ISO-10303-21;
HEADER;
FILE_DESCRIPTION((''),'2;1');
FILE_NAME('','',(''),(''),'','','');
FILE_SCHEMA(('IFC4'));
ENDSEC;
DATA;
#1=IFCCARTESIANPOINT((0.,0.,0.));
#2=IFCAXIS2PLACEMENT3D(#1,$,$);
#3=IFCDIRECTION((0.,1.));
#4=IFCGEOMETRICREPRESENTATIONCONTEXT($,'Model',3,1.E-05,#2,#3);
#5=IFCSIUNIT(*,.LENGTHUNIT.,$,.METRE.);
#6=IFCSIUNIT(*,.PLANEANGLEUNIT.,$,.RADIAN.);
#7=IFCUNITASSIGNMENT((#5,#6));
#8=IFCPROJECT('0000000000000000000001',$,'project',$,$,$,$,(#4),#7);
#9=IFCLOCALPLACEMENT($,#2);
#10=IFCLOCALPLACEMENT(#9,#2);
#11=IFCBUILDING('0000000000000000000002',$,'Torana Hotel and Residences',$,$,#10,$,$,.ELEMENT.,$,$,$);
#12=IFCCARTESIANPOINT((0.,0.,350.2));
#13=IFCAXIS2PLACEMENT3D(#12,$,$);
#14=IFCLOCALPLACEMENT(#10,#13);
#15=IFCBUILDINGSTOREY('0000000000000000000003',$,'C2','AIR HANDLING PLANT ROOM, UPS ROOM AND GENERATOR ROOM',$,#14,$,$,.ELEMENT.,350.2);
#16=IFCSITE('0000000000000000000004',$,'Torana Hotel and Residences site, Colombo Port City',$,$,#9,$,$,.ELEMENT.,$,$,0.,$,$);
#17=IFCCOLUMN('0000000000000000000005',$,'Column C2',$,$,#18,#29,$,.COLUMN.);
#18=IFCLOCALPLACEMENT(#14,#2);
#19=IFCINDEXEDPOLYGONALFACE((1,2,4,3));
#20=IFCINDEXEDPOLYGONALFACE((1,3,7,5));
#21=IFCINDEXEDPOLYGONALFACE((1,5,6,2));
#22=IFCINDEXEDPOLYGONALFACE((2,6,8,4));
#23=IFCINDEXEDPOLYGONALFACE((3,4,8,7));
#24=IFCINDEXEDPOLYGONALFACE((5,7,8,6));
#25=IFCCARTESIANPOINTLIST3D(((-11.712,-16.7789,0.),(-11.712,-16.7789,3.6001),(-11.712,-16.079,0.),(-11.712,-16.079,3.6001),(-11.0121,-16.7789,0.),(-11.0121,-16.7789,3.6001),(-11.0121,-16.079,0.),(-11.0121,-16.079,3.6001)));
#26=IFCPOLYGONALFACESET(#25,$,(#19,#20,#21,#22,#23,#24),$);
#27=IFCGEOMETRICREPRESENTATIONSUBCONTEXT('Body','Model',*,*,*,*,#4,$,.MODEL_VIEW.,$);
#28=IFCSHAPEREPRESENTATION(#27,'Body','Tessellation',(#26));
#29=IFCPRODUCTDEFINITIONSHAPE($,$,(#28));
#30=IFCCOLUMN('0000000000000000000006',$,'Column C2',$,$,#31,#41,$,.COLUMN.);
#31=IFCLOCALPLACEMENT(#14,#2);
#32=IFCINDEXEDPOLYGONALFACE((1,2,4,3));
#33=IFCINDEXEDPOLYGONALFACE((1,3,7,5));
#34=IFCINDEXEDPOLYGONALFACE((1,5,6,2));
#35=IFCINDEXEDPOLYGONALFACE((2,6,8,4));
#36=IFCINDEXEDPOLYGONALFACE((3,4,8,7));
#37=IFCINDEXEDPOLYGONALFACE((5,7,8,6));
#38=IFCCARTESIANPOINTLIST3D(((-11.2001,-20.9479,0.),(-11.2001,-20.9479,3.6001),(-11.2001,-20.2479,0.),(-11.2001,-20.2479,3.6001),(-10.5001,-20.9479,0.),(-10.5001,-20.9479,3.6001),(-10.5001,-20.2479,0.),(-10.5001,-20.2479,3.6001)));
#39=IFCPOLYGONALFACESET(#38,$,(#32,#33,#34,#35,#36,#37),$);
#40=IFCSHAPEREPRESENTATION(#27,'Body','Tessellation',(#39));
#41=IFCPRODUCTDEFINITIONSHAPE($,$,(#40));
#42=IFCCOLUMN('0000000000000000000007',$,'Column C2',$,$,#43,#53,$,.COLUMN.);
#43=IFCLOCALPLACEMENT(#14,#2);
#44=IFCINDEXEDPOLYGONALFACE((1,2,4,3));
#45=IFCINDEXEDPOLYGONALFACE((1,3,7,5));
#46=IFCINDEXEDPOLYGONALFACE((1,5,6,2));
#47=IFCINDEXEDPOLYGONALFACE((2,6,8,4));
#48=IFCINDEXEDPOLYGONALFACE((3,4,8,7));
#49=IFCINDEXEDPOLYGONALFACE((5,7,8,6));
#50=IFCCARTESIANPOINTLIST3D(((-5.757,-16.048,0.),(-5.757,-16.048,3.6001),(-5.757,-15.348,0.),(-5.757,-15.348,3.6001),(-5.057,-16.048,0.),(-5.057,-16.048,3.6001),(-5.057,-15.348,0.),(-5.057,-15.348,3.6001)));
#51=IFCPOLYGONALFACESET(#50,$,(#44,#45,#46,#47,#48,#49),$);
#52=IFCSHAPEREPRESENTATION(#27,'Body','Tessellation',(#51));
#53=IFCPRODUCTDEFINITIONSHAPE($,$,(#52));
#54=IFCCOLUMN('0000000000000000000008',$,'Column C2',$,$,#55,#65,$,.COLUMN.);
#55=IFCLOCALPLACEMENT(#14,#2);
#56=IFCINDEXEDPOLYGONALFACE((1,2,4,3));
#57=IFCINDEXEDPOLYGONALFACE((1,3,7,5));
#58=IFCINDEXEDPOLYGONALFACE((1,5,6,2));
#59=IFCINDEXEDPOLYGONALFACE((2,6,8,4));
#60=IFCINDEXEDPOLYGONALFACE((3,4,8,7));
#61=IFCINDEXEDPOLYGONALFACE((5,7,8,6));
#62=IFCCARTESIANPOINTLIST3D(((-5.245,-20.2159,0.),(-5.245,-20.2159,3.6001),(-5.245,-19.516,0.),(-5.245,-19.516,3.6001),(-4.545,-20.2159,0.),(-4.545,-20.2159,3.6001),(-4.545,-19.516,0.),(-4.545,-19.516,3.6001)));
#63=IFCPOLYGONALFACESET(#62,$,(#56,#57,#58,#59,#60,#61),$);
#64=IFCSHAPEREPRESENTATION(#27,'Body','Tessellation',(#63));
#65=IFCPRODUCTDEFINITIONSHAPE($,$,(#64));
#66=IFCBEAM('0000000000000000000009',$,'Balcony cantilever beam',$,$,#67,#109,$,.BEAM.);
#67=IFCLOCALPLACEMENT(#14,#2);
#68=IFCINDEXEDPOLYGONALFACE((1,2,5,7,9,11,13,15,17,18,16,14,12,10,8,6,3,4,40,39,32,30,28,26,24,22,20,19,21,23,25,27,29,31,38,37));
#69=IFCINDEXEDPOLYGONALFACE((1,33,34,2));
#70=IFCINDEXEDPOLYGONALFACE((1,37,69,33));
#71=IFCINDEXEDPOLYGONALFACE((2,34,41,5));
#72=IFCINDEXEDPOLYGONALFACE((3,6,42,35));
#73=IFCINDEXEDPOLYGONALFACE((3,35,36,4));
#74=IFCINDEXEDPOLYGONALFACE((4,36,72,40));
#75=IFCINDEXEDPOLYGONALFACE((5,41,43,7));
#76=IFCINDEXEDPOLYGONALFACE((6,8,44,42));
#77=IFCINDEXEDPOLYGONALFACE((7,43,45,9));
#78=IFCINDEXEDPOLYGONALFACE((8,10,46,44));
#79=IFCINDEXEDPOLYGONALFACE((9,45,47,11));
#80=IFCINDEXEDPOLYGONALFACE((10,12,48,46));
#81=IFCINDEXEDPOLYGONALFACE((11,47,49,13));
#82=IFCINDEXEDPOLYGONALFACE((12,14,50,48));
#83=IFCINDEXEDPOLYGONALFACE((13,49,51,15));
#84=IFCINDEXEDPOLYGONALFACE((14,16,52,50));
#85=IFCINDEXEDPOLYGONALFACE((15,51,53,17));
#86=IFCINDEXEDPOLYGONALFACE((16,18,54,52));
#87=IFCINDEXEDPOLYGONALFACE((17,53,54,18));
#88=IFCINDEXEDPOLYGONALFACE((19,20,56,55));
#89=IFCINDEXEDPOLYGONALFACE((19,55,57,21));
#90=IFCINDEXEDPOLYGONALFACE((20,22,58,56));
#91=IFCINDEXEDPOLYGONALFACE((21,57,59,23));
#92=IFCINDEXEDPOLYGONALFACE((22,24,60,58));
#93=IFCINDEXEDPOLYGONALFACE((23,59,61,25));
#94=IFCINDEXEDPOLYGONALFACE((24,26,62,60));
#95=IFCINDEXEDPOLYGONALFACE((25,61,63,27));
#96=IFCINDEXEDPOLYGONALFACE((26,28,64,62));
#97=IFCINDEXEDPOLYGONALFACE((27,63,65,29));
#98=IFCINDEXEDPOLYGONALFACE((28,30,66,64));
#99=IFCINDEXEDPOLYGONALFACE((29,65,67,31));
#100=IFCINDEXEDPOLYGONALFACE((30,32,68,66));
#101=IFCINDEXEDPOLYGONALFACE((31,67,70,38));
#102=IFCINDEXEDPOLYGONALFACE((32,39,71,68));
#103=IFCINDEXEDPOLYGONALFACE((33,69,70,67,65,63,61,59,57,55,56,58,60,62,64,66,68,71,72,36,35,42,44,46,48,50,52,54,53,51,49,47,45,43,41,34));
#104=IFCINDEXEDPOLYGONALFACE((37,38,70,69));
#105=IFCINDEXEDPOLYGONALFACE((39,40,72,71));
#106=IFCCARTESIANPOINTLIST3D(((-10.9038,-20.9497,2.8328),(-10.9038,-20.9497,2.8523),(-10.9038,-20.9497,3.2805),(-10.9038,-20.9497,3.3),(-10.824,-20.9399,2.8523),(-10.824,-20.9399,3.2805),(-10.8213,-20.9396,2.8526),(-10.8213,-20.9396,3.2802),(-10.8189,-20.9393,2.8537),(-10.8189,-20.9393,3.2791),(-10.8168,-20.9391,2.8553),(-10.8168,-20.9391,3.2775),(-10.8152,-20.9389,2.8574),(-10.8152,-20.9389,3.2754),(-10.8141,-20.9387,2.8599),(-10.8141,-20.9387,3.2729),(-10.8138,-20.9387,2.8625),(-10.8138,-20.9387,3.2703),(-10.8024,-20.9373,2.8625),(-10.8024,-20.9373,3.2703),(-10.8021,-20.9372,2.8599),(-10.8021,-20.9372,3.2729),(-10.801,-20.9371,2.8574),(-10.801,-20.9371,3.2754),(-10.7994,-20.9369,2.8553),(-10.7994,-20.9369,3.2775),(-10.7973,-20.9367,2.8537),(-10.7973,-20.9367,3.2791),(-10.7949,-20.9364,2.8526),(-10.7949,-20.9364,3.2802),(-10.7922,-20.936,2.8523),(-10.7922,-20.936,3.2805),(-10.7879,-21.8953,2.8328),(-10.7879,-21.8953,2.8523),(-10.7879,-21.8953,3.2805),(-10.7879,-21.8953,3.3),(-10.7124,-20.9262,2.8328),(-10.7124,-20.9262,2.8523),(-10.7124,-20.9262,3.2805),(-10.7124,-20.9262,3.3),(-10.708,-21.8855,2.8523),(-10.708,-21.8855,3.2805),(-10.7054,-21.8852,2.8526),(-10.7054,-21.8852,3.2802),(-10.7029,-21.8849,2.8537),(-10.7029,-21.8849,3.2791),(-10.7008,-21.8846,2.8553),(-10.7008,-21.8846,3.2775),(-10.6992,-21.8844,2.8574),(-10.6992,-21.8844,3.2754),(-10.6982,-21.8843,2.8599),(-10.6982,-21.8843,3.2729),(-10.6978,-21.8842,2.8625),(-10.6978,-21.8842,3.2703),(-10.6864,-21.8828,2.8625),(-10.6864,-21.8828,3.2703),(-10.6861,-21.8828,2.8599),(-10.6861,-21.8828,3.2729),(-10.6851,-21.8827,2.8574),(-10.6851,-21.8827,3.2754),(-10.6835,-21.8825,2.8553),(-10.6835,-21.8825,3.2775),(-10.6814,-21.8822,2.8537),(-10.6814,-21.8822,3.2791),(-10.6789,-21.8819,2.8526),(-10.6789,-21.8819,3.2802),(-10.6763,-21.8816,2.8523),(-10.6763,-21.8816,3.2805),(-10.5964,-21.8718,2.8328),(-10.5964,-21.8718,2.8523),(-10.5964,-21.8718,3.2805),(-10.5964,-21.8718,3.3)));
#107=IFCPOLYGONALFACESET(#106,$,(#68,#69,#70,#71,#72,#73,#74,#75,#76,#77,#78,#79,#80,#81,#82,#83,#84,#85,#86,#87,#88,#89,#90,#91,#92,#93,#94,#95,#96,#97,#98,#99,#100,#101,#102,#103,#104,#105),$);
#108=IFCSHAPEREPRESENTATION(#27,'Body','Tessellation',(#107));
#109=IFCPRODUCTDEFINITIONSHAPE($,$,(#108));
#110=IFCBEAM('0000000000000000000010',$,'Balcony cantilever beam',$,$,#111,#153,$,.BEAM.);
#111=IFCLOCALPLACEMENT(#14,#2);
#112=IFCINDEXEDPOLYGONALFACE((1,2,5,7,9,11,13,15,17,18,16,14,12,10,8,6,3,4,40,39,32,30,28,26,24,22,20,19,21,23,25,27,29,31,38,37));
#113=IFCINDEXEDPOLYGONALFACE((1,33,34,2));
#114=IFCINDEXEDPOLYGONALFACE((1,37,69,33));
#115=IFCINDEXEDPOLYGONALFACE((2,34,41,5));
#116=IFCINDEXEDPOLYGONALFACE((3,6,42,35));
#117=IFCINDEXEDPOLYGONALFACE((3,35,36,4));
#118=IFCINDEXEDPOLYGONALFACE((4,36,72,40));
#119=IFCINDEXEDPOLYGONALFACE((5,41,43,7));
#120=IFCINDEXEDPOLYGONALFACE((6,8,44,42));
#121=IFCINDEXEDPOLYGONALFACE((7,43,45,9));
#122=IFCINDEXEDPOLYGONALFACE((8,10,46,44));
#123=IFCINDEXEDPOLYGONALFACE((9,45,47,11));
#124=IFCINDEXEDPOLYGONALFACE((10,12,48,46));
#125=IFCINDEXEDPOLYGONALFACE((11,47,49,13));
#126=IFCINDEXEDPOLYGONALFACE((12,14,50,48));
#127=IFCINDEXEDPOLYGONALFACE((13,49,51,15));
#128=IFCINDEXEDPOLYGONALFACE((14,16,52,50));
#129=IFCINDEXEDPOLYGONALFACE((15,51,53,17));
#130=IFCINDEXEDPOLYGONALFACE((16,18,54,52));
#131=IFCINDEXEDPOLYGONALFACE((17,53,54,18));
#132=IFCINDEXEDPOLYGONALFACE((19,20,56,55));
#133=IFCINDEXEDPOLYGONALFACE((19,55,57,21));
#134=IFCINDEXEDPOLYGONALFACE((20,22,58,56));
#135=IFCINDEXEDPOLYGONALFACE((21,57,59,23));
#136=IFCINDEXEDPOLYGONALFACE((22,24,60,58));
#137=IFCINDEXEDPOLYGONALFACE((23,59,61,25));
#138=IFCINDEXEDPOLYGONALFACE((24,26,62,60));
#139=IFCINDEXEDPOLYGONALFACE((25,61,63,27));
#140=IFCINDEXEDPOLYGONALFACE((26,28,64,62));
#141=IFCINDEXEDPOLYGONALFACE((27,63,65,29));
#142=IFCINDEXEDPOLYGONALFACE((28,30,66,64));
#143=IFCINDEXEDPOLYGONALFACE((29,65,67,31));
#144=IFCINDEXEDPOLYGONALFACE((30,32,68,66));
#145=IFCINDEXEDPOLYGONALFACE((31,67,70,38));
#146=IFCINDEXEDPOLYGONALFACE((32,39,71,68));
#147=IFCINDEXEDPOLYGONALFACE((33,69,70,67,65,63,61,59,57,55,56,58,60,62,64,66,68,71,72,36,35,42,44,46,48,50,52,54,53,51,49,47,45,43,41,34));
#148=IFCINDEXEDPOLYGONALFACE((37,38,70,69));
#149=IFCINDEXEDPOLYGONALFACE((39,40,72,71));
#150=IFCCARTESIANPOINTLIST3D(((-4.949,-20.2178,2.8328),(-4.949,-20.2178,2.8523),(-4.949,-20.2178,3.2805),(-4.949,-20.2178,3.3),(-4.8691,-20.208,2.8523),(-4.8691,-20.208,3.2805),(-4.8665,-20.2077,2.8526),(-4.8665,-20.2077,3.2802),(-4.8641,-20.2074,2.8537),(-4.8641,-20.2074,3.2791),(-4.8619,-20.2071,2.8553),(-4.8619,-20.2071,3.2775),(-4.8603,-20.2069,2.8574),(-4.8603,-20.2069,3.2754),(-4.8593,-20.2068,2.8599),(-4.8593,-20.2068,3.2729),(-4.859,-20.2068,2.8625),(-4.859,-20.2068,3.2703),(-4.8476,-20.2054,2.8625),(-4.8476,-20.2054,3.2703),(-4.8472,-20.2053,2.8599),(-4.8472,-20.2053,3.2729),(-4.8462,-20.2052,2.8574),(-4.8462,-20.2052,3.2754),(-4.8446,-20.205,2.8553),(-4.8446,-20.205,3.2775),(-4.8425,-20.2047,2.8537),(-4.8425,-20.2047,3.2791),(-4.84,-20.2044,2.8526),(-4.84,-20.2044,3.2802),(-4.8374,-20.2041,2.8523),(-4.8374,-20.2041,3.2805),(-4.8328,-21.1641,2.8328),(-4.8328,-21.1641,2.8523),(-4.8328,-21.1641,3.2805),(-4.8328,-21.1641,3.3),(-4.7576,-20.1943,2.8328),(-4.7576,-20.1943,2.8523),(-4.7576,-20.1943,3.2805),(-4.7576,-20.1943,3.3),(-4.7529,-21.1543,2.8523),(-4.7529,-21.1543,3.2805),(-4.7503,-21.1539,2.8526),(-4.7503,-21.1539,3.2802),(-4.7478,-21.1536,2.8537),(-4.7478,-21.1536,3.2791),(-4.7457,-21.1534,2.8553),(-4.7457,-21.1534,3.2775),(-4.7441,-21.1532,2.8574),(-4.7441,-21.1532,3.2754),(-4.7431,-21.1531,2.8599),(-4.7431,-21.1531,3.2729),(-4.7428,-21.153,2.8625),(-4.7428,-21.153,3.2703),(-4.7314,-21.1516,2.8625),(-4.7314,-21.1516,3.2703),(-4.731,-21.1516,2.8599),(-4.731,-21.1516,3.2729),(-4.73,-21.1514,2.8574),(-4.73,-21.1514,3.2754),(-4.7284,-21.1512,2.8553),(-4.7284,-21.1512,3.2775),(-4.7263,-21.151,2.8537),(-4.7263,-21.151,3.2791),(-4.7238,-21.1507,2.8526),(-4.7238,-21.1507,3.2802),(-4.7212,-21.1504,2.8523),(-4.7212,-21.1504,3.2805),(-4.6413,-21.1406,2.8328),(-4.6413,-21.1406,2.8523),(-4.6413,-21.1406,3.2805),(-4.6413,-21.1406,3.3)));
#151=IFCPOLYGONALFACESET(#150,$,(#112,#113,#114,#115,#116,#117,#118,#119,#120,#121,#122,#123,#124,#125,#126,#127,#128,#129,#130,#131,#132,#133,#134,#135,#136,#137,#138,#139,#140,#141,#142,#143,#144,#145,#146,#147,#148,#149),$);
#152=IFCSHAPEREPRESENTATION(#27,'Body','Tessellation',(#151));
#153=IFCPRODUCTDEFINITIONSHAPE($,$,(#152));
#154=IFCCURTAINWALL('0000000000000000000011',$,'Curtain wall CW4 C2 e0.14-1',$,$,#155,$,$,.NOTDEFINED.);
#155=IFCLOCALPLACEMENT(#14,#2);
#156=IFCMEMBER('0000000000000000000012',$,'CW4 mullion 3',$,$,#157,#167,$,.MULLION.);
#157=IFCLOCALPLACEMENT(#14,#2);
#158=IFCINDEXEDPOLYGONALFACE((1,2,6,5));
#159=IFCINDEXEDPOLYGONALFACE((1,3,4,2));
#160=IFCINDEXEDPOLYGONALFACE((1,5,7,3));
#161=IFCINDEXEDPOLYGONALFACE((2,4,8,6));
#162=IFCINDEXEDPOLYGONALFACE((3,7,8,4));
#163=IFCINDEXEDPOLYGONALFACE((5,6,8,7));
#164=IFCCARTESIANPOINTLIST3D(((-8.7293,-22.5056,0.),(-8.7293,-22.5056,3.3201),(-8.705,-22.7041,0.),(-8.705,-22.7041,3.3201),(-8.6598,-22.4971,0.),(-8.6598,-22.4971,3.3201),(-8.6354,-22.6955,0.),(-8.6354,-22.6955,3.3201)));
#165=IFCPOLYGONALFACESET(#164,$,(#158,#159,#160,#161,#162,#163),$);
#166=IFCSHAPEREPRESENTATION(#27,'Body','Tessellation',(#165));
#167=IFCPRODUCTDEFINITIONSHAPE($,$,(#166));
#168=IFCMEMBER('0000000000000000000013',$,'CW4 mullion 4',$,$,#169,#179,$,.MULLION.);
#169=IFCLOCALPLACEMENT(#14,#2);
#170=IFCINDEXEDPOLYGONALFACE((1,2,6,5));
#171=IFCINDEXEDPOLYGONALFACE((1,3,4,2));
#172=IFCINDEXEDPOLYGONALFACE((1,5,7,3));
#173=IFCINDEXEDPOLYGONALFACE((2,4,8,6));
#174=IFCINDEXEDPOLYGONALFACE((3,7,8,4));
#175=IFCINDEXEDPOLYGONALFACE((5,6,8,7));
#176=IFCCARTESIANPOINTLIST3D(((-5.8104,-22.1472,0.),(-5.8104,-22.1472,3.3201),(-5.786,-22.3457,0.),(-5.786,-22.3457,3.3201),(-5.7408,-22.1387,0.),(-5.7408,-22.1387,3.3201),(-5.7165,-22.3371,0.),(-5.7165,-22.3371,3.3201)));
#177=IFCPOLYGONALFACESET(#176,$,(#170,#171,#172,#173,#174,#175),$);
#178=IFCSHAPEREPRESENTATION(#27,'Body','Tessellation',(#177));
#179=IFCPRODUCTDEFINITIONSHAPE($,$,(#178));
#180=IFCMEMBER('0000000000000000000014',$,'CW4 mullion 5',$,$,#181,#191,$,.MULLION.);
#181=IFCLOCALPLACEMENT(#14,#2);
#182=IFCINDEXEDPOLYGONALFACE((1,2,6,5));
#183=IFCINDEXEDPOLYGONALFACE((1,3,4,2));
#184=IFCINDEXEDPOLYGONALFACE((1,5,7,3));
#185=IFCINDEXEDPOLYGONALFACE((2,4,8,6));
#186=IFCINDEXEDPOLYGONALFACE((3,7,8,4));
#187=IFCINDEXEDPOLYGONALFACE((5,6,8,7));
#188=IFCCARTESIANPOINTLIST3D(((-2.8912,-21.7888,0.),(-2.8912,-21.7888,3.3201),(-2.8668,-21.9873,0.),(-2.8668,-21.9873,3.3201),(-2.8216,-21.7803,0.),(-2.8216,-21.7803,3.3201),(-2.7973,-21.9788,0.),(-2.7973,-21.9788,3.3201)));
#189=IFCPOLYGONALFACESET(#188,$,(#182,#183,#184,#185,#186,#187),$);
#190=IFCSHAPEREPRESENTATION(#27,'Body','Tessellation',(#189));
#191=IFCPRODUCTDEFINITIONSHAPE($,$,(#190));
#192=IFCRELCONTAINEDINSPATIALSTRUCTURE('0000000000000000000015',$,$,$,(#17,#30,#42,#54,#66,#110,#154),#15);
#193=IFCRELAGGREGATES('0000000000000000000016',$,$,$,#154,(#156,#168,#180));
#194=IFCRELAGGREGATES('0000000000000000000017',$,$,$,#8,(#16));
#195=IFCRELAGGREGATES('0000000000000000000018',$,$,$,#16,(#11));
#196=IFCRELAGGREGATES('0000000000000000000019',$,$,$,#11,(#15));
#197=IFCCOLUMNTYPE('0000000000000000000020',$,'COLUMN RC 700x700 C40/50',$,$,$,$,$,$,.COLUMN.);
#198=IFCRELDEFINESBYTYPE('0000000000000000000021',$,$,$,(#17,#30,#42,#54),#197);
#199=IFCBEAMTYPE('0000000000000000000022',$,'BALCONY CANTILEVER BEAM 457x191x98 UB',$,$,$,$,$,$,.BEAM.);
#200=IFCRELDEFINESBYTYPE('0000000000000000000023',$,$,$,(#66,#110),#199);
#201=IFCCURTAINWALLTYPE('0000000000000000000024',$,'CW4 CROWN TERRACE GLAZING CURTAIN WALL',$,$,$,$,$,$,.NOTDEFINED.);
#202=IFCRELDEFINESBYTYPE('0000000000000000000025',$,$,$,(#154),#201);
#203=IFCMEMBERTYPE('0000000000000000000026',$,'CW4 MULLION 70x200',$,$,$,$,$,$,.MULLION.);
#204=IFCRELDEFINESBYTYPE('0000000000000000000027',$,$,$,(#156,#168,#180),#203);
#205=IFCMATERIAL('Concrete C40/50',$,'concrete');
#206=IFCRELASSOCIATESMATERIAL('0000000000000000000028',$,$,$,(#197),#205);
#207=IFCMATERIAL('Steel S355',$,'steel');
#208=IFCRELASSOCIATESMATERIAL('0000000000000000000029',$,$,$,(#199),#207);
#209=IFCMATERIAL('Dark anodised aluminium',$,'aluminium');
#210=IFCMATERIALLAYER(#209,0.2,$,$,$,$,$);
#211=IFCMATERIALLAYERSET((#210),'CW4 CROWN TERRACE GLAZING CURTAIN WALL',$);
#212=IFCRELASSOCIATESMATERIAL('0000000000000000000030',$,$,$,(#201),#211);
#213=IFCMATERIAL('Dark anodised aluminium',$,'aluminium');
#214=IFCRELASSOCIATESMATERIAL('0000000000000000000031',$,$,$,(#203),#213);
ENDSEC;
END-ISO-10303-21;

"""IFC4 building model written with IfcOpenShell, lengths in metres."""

from ifc_helpers import new_model, si_unit, direction, frame, origin, origin_2d, place, context, subcontext, project, spatial, rectangle, i_section, extrude, material, layer, layer_set, material_profile, profile_set, type_object, element, aggregate, save


model = new_model("IFC4")

# Units and contexts
model_context = context("Model", 3, precision=1e-05, world=origin(), true_north=direction((0.0, 1.0)))
body_context = subcontext(model_context, "Body", "Model", "MODEL_VIEW")
ifc_project = project(units=[si_unit("LENGTHUNIT", "METRE"), si_unit("PLANEANGLEUNIT", "RADIAN")], contexts=[model_context])

# Site, building, storey
site_placement = place(None, origin())
site = spatial("IfcSite", under=ifc_project, at=site_placement, Name="Torana Hotel and Residences site, Colombo Port City", CompositionType="ELEMENT", RefElevation=0.0)
building_placement = place(site_placement, origin())
building = spatial("IfcBuilding", under=site, at=building_placement, Name="Torana Hotel and Residences", CompositionType="ELEMENT")
storey_placement = place(building_placement, frame((0.0, 0.0, 350.2)))
storey = spatial("IfcBuildingStorey", under=building, at=storey_placement, Name="C2", Description="AIR HANDLING PLANT ROOM, UPS ROOM AND GENERATOR ROOM", CompositionType="ELEMENT", Elevation=350.2)

# Columns
ifc_material_1 = material(Name="Concrete C40/50", Category="concrete")
ifc_material_profile_1 = material_profile(ifc_material_1, rectangle(XDim=0.7, YDim=0.7, at=origin_2d()), Name="RC 700x700")
ifc_profile_set_1 = profile_set([ifc_material_profile_1], Name="Concrete C40/50")
column_type = type_object("IfcColumnType", Name="COLUMN RC 700x700 C40/50", PredefinedType="COLUMN", material=ifc_profile_set_1)
for number, where, z_axis, x_axis, name in (
    (1, (-11.3621, -16.429, 0.0), (0.0, 0.0, 1.0), (1.0, 0.0, 0.0), "Column C2"),
    (2, (-10.8501, -20.5979, 0.0), (0.0, 0.0, 1.0), (1.0, 0.0, 0.0), "Column C2"),
    (3, (-5.407, -15.698, 0.0), (0.0, 0.0, 1.0), (1.0, 0.0, 0.0), "Column C2"),
    (4, (-4.895, -19.866, 0.0), (0.0, 0.0, 1.0), (1.0, 0.0, 0.0), "Column C2"),
):
    element("IfcColumn", number, at=place(storey_placement, frame(where, z_axis=z_axis, x_axis=x_axis)), inside=storey, type_object=column_type, Name=name, PredefinedType="COLUMN", context=body_context, shape_type="SweptSolid", body=[
        extrude(rectangle(XDim=0.7, YDim=0.7, at=origin_2d()), origin(), (0.0, 0.0, 1.0), 3.6001),
    ])

# Beams
ifc_material_2 = material(Name="Steel S355", Category="steel")
ifc_material_profile_2 = material_profile(ifc_material_2, i_section(OverallWidth=0.1929, OverallDepth=0.4673, WebThickness=0.0115, FlangeThickness=0.0195, FilletRadius=0.0103, at=origin_2d()), Name="457x191x98 UB")
ifc_profile_set_2 = profile_set([ifc_material_profile_2], Name="Steel S355")
beam_type = type_object("IfcBeamType", Name="BALCONY CANTILEVER BEAM 457x191x98 UB", PredefinedType="BEAM", material=ifc_profile_set_2)
beam_1_placement = place(storey_placement, frame((-10.8081, -20.938, 3.0664), z_axis=(0.121732, -0.992563, 0.0), x_axis=(0.992563, 0.121732, 0.0)))
element("IfcBeam", 5, at=beam_1_placement, inside=storey, type_object=beam_type, Name="Balcony cantilever beam", PredefinedType="BEAM", context=body_context, shape_type="SweptSolid", body=[
    extrude(i_section(OverallWidth=0.1929, OverallDepth=0.4673, WebThickness=0.0115, FlangeThickness=0.0195, FilletRadius=0.0103, at=origin_2d()), origin(), (0.0, 0.0, 1.0), 0.9526),
])
beam_2_placement = place(storey_placement, frame((-4.8533, -20.2061, 3.0664), z_axis=(0.121891, -0.992543, 0.0), x_axis=(0.992543, 0.121891, 0.0)))
element("IfcBeam", 6, at=beam_2_placement, inside=storey, type_object=beam_type, Name="Balcony cantilever beam", PredefinedType="BEAM", context=body_context, shape_type="SweptSolid", body=[
    extrude(i_section(OverallWidth=0.1929, OverallDepth=0.4673, WebThickness=0.0115, FlangeThickness=0.0195, FilletRadius=0.0103, at=origin_2d()), origin(), (0.0, 0.0, 1.0), 0.9534),
])

# Curtain wall, members
ifc_material_3 = material(Name="Dark anodised aluminium", Category="aluminium")
ifc_layer_1 = layer(ifc_material_3, 0.2)
ifc_layer_set_1 = layer_set([ifc_layer_1], Name="CW4 CROWN TERRACE GLAZING CURTAIN WALL")
curtain_wall_type = type_object("IfcCurtainWallType", Name="CW4 CROWN TERRACE GLAZING CURTAIN WALL", PredefinedType="NOTDEFINED", material=ifc_layer_set_1)
curtain_wall_placement = place(storey_placement, origin())
curtain_wall = element("IfcCurtainWall", 7, at=curtain_wall_placement, inside=storey, type_object=curtain_wall_type, Name="Curtain wall CW4 C2 e0.14-1", PredefinedType="NOTDEFINED")
ifc_material_4 = material(Name="Dark anodised aluminium", Category="aluminium")
ifc_material_profile_3 = material_profile(ifc_material_4, rectangle(XDim=0.2, YDim=0.0701, at=origin_2d()), Name="CW4 MULLION 70x200")
ifc_profile_set_3 = profile_set([ifc_material_profile_3], Name="Dark anodised aluminium")
member_type_1 = type_object("IfcMemberType", Name="CW4 MULLION 70x200", PredefinedType="MULLION", material=ifc_profile_set_3)
member_1_placement = place(storey_placement, frame((-8.6824, -22.6006, 0.0), z_axis=(0.0, 0.0, 1.0), x_axis=(-0.121863, 0.992547, 0.0)))
member_1 = element("IfcMember", 8, at=member_1_placement, type_object=member_type_1, Name="CW4 mullion 3", PredefinedType="MULLION", context=body_context, shape_type="SweptSolid", body=[
    extrude(rectangle(XDim=0.2, YDim=0.0701, at=origin_2d()), origin(), (0.0, 0.0, 1.0), 3.3201),
])
member_2_placement = place(storey_placement, frame((-5.7634, -22.2422, 0.0), z_axis=(0.0, 0.0, 1.0), x_axis=(-0.121863, 0.992547, 0.0)))
member_2 = element("IfcMember", 9, at=member_2_placement, type_object=member_type_1, Name="CW4 mullion 4", PredefinedType="MULLION", context=body_context, shape_type="SweptSolid", body=[
    extrude(rectangle(XDim=0.2, YDim=0.0701, at=origin_2d()), origin(), (0.0, 0.0, 1.0), 3.3201),
])
member_3_placement = place(storey_placement, frame((-2.8442, -21.8838, 0.0), z_axis=(0.0, 0.0, 1.0), x_axis=(-0.121863, 0.992547, 0.0)))
member_3 = element("IfcMember", 10, at=member_3_placement, type_object=member_type_1, Name="CW4 mullion 5", PredefinedType="MULLION", context=body_context, shape_type="SweptSolid", body=[
    extrude(rectangle(XDim=0.2, YDim=0.0701, at=origin_2d()), origin(), (0.0, 0.0, 1.0), 3.3201),
])
aggregate(curtain_wall, [member_1, member_2, member_3])

save(model, "model.ifc")
